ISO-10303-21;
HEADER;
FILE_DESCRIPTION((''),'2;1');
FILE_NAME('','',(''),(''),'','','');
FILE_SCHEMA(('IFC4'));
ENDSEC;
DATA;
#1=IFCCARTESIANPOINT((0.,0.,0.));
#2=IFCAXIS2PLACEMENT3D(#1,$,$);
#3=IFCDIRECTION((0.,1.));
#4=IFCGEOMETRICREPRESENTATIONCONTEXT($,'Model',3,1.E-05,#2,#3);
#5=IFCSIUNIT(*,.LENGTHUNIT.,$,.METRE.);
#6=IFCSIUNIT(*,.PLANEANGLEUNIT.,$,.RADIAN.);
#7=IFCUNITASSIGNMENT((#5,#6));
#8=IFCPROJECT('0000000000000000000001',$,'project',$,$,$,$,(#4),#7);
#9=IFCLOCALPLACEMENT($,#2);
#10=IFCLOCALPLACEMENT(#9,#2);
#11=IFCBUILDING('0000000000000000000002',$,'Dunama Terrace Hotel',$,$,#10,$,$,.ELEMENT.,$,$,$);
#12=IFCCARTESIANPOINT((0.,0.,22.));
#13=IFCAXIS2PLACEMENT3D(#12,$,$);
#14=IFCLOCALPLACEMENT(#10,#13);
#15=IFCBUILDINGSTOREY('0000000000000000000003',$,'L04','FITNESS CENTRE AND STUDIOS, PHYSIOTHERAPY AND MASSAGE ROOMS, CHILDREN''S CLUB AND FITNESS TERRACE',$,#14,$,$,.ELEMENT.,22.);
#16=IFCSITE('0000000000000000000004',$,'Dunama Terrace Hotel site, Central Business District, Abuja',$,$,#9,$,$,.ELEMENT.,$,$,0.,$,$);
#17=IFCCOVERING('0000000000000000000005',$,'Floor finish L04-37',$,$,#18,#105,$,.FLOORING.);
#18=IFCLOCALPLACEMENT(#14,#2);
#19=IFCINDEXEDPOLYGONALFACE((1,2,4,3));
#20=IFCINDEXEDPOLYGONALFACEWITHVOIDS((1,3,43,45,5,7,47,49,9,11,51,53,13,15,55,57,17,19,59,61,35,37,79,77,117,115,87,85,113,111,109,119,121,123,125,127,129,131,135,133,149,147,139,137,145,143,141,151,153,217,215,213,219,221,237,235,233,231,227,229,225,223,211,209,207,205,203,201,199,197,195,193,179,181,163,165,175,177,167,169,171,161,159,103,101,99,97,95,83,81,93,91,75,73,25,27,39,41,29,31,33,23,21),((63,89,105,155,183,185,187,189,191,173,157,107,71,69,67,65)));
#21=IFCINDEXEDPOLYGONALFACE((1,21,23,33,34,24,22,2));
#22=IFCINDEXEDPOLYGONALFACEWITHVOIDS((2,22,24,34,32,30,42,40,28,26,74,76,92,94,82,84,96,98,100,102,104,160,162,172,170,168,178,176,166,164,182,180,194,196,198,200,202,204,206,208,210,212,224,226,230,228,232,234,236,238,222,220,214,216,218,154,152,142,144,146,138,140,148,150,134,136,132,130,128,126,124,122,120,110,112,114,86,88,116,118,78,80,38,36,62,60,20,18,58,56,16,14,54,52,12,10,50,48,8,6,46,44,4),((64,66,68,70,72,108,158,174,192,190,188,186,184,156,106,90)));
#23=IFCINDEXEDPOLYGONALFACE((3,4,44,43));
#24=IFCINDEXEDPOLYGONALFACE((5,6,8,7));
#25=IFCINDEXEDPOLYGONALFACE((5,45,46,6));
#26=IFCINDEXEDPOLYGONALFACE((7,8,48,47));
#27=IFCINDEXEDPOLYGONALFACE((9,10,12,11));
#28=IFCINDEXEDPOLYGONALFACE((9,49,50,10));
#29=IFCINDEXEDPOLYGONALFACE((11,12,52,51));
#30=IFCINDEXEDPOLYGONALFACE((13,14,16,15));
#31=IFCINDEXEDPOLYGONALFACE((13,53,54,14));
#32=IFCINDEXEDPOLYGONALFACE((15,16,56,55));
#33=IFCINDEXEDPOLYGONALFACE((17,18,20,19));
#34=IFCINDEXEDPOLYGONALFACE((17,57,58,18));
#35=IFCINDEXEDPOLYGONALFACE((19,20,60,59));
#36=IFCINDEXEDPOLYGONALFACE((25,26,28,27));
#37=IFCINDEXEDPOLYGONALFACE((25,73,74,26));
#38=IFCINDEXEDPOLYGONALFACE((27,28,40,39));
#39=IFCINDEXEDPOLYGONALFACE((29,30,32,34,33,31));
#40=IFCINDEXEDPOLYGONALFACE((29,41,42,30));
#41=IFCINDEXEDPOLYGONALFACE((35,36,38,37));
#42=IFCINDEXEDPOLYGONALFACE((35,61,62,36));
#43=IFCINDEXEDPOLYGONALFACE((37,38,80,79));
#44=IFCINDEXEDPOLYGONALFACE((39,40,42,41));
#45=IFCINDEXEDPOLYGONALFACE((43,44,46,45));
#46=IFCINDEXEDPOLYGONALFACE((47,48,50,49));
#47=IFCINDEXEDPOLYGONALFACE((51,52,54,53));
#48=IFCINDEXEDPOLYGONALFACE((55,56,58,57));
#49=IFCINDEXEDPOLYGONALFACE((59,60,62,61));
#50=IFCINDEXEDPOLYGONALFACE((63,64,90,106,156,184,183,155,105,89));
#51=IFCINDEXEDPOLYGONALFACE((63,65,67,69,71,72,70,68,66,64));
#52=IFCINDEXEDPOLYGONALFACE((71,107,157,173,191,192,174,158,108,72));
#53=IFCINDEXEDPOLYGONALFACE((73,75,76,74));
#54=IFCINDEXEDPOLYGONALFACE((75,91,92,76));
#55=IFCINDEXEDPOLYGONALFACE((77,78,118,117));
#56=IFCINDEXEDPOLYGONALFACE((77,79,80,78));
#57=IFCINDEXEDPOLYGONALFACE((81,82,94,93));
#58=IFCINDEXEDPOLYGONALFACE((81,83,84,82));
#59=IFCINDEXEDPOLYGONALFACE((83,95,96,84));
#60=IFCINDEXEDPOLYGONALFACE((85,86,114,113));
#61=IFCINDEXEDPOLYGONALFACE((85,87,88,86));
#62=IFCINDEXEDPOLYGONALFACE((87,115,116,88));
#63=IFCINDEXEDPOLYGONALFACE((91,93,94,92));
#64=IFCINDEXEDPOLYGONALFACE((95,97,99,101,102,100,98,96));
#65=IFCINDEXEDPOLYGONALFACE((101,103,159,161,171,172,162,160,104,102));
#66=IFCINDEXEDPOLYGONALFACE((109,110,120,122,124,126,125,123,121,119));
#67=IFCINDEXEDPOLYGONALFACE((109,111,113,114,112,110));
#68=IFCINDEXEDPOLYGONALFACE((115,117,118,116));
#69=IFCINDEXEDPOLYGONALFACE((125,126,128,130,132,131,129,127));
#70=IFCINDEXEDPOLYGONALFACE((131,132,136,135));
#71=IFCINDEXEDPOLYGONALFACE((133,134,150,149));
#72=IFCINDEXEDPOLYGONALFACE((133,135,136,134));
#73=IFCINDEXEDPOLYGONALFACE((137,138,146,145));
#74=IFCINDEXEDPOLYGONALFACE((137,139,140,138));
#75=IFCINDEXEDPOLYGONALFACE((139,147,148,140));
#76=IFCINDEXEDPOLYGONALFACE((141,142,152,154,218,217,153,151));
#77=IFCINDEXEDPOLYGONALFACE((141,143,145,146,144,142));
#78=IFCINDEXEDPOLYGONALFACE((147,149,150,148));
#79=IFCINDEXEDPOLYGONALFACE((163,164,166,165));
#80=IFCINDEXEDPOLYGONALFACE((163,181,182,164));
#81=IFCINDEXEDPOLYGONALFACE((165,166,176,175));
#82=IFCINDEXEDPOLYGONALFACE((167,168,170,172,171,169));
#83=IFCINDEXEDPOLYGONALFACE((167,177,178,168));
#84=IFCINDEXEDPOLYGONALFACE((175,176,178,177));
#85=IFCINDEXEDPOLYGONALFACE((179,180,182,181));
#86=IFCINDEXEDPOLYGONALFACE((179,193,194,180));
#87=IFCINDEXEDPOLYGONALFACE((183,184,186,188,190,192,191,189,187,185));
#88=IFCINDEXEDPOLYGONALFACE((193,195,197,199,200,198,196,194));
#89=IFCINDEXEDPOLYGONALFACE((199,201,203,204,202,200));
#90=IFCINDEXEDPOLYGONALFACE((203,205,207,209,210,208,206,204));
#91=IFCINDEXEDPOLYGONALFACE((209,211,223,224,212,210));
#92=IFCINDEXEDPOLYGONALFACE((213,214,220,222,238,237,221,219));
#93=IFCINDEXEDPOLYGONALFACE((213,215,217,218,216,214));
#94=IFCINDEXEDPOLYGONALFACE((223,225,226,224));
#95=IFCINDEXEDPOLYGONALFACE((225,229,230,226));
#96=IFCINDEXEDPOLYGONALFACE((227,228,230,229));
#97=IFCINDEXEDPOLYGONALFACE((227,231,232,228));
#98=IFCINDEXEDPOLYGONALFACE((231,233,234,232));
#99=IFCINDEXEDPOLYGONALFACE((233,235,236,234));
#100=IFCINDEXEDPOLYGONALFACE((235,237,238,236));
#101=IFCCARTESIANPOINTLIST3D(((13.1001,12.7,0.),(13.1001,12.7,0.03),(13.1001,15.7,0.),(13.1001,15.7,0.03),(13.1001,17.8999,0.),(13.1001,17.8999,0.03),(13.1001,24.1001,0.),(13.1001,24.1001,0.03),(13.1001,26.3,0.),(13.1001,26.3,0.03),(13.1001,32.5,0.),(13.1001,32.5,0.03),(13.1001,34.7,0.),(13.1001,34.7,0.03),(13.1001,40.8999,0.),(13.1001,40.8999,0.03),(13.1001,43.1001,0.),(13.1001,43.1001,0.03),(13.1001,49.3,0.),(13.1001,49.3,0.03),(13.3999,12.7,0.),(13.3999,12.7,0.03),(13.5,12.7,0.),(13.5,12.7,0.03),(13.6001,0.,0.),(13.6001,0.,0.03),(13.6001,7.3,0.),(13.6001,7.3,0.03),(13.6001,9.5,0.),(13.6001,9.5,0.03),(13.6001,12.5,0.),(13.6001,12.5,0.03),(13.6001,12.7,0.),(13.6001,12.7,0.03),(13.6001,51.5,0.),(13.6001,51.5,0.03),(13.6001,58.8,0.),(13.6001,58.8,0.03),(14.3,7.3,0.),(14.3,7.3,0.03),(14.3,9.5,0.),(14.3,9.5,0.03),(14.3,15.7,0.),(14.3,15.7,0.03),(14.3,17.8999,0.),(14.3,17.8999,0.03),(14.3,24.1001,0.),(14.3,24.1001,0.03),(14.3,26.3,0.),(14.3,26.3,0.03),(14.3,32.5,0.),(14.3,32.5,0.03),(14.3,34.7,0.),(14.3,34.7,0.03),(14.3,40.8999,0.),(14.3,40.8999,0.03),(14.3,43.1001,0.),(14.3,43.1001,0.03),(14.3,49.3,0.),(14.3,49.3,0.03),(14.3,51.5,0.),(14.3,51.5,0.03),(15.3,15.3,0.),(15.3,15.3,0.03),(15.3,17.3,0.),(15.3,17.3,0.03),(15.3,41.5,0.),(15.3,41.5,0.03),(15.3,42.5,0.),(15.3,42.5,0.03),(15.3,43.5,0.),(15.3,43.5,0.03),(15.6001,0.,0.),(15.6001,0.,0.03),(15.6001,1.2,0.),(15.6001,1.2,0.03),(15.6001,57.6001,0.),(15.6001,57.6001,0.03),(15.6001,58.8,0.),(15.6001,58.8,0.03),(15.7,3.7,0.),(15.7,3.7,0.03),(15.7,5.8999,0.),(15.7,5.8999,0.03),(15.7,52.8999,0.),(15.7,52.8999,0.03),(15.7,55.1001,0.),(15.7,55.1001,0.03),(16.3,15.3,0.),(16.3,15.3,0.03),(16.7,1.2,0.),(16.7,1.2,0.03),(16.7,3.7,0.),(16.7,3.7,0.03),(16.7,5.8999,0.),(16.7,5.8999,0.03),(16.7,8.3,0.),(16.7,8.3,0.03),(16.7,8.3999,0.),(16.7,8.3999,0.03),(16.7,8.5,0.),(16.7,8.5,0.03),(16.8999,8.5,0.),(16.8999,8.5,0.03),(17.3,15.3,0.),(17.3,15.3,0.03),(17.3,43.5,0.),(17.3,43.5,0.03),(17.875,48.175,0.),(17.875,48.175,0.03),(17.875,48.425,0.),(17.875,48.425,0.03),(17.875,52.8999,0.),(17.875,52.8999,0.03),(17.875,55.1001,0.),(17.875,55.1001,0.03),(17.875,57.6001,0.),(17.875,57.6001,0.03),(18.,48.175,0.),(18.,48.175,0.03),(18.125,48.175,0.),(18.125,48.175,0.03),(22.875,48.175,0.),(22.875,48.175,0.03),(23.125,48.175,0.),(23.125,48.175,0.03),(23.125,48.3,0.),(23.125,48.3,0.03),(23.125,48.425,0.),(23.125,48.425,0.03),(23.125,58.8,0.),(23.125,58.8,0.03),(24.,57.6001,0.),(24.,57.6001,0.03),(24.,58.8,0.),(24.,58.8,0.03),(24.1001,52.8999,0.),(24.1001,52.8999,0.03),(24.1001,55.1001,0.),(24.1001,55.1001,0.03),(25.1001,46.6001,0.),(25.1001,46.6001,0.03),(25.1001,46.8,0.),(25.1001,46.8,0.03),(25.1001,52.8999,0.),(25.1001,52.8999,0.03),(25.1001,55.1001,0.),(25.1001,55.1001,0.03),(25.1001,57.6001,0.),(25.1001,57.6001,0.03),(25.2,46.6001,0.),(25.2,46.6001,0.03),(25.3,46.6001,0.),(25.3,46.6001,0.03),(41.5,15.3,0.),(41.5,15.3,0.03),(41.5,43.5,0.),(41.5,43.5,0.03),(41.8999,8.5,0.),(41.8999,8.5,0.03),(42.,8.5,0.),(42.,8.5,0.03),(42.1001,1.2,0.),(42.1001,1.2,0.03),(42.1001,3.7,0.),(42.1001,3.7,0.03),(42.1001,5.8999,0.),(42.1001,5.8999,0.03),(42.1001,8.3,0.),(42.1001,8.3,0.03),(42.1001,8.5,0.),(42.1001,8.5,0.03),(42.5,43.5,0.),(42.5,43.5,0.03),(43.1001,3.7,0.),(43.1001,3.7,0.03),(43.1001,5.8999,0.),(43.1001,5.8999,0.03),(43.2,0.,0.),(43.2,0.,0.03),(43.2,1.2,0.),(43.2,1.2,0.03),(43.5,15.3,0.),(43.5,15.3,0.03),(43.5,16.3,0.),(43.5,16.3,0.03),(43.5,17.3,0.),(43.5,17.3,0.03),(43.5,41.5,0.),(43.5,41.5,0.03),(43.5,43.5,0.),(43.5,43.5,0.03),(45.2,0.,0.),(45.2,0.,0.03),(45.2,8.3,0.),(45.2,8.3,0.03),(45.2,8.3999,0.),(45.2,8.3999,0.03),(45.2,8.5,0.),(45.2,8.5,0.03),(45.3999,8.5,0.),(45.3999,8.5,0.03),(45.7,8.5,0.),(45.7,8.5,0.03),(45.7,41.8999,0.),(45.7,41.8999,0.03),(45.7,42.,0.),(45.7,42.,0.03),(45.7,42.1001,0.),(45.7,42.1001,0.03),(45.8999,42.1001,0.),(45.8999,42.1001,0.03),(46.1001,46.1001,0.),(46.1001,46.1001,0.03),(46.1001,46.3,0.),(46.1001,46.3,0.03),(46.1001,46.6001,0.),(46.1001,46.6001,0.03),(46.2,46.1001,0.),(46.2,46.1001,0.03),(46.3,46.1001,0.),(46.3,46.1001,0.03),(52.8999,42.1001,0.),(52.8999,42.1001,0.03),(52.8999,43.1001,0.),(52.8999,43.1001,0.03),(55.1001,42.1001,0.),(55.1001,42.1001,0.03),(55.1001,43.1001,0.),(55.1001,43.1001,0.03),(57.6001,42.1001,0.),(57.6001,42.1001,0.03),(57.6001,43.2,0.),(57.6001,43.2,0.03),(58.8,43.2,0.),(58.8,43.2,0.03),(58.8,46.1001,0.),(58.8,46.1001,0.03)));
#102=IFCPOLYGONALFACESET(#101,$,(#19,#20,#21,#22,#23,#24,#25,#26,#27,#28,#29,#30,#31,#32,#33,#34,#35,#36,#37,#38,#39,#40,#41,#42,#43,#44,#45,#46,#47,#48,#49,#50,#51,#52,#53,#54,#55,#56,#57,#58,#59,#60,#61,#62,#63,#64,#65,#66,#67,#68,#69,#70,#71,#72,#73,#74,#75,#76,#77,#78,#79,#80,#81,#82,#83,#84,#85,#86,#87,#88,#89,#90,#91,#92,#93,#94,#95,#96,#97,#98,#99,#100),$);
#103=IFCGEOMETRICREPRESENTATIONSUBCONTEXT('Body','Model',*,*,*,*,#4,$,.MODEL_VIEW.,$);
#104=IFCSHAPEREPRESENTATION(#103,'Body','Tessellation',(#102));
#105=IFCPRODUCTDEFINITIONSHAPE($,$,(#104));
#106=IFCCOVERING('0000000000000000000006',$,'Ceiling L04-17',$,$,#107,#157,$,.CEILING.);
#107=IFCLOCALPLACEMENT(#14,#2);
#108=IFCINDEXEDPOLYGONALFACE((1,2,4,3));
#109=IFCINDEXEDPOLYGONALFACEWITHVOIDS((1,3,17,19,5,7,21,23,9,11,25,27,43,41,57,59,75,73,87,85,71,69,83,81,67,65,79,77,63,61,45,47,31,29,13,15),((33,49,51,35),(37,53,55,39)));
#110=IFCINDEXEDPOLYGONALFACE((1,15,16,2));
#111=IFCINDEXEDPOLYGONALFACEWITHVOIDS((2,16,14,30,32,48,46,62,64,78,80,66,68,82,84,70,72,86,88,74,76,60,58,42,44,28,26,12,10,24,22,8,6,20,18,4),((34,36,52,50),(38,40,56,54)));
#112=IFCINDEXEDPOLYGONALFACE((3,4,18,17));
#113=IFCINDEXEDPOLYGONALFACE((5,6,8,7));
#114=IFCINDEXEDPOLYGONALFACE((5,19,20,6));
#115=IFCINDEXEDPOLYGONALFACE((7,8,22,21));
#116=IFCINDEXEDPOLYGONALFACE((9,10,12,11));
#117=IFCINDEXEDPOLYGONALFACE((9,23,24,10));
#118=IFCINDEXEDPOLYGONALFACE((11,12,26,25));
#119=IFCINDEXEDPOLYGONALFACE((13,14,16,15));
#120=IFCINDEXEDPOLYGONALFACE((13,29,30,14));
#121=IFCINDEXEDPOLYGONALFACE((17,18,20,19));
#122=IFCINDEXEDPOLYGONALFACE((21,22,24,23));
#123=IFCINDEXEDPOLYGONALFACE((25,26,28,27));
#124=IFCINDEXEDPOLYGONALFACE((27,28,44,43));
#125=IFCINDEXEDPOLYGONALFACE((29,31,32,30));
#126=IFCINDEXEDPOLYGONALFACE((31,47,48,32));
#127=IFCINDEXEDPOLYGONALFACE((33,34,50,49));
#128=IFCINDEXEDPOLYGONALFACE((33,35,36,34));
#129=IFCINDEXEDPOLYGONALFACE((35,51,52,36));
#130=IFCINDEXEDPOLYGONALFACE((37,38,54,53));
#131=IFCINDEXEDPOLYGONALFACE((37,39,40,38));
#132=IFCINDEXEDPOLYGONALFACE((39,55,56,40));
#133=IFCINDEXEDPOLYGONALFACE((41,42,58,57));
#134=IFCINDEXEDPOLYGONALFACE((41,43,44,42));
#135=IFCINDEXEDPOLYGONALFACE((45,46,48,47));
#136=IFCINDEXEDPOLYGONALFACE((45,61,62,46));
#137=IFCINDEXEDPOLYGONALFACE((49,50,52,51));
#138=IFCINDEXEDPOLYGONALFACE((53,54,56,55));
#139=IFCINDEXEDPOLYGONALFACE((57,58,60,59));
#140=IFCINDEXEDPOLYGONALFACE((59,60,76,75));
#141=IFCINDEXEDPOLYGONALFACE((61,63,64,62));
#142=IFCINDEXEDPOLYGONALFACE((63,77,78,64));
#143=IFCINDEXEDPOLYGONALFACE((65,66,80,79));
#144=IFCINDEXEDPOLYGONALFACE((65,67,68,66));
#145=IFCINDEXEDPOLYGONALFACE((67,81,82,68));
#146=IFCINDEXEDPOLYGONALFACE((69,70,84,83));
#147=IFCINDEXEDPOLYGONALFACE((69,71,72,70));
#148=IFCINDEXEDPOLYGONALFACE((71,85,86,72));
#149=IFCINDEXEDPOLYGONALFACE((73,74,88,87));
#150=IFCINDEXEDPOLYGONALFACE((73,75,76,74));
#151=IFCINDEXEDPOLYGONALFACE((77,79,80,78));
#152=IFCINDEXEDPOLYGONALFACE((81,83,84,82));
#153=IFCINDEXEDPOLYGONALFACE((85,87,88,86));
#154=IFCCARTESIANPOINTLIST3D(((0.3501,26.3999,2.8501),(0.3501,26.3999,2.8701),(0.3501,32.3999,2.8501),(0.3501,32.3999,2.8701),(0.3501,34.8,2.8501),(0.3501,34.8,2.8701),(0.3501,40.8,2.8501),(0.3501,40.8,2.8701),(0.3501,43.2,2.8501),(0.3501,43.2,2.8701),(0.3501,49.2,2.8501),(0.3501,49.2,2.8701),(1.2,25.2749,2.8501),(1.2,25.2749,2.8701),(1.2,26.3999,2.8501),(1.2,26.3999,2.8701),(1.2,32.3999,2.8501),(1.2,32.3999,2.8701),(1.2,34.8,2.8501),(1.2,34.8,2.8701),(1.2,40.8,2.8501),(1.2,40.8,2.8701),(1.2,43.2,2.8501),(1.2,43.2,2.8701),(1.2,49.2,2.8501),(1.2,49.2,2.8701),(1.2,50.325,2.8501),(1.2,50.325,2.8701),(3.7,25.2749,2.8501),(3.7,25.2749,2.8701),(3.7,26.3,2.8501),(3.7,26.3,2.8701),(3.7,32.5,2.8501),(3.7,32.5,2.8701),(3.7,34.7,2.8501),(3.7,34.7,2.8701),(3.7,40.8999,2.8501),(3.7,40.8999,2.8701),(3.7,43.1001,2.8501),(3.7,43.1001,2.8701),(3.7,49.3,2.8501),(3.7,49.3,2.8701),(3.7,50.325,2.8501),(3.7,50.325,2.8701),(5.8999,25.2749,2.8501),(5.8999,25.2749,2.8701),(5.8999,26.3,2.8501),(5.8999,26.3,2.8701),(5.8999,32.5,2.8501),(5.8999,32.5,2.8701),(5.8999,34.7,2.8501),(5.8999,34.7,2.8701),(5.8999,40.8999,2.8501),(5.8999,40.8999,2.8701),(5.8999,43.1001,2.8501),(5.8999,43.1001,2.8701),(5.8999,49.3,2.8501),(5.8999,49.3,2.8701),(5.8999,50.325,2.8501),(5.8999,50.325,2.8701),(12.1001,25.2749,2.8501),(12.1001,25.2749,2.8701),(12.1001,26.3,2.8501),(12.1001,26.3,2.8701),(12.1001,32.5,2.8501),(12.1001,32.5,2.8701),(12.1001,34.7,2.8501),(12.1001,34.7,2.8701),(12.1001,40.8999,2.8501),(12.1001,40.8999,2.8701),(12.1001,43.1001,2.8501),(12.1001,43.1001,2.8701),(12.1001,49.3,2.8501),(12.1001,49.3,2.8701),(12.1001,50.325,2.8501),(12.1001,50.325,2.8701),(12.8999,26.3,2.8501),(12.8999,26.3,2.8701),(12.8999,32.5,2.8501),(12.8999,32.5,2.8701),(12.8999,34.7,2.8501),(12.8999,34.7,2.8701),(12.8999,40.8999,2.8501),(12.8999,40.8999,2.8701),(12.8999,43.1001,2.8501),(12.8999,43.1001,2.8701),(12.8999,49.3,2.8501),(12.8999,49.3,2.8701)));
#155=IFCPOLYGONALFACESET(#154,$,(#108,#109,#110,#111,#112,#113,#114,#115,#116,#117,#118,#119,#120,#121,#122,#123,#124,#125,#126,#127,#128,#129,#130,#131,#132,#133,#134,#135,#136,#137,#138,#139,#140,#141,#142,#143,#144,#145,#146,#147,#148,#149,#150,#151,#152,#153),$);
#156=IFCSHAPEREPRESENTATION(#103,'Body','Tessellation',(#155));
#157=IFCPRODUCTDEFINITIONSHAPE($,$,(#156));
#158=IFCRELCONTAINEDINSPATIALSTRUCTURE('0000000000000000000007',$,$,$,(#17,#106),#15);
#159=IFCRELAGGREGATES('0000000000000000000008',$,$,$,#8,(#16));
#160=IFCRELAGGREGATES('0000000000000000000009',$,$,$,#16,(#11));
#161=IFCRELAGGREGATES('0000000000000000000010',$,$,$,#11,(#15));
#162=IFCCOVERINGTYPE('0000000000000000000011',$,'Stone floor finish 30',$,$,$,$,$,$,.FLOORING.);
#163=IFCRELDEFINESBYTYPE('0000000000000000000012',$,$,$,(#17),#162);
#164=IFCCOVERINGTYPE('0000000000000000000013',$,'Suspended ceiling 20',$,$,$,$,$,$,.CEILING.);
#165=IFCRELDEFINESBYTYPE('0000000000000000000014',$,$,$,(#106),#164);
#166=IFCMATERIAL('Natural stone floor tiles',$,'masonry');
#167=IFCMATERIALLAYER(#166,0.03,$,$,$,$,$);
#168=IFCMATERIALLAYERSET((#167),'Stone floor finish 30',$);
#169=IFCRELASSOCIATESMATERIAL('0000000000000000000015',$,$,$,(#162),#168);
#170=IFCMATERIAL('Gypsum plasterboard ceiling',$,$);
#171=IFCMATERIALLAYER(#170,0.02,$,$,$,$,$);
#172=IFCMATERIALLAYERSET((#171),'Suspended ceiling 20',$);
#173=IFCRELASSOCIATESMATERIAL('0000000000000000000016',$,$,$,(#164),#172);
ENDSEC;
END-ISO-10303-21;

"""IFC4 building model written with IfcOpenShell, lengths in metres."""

from ifc_helpers import new_model, si_unit, direction, frame, origin, place, context, subcontext, project, spatial, polyline, outline, extrude, material, layer, layer_set, type_object, element, save


model = new_model("IFC4")

# Units and contexts
model_context = context("Model", 3, precision=1e-05, world=origin(), true_north=direction((0.0, 1.0)))
body_context = subcontext(model_context, "Body", "Model", "MODEL_VIEW")
ifc_project = project(units=[si_unit("LENGTHUNIT", "METRE"), si_unit("PLANEANGLEUNIT", "RADIAN")], contexts=[model_context])

# Site, building, storey
site_placement = place(None, origin())
site = spatial("IfcSite", under=ifc_project, at=site_placement, Name="Dunama Terrace Hotel site, Central Business District, Abuja", CompositionType="ELEMENT", RefElevation=0.0)
building_placement = place(site_placement, origin())
building = spatial("IfcBuilding", under=site, at=building_placement, Name="Dunama Terrace Hotel", CompositionType="ELEMENT")
storey_placement = place(building_placement, frame((0.0, 0.0, 22.0)))
storey = spatial("IfcBuildingStorey", under=building, at=storey_placement, Name="L04", Description="FITNESS CENTRE AND STUDIOS, PHYSIOTHERAPY AND MASSAGE ROOMS, CHILDREN'S CLUB AND FITNESS TERRACE", CompositionType="ELEMENT", Elevation=22.0)

# Coverings
ifc_material_1 = material(Name="Natural stone floor tiles", Category="masonry")
ifc_layer_1 = layer(ifc_material_1, 0.03)
ifc_layer_set_1 = layer_set([ifc_layer_1], Name="Stone floor finish 30")
covering_type_1 = type_object("IfcCoveringType", Name="Stone floor finish 30", PredefinedType="FLOORING", material=ifc_layer_set_1)
covering_1_placement = place(storey_placement, origin())
element("IfcCovering", 1, at=covering_1_placement, inside=storey, type_object=covering_type_1, Name="Floor finish L04-37", PredefinedType="FLOORING", context=body_context, shape_type="SweptSolid", body=[
    extrude(outline(polyline([(15.6001, 58.8), (13.6001, 58.8), (13.6001, 51.5), (14.3, 51.5), (14.3, 49.3), (13.1001, 49.3), (13.1001, 43.1001), (14.3, 43.1001), (14.3, 40.8999), (13.1001, 40.8999), (13.1001, 34.7), (14.3, 34.7), (14.3, 32.5), (13.1001, 32.5), (13.1001, 26.3), (14.3, 26.3), (14.3, 24.1001), (13.1001, 24.1001), (13.1001, 17.8999), (14.3, 17.8999), (14.3, 15.7), (13.1001, 15.7), (13.1001, 12.7), (13.3999, 12.7), (13.5, 12.7), (13.6001, 12.7), (13.6001, 12.5), (13.6001, 9.5), (14.3, 9.5), (14.3, 7.3), (13.6001, 7.3), (13.6001, 0.0), (15.6001, 0.0), (15.6001, 1.2), (16.7, 1.2), (16.7, 3.7), (15.7, 3.7), (15.7, 5.8999), (16.7, 5.8999), (16.7, 8.3), (16.7, 8.3999), (16.7, 8.5), (16.8999, 8.5), (41.8999, 8.5), (42.0, 8.5), (42.1001, 8.5), (42.1001, 8.3), (42.1001, 5.8999), (43.1001, 5.8999), (43.1001, 3.7), (42.1001, 3.7), (42.1001, 1.2), (43.2, 1.2), (43.2, 0.0), (45.2, 0.0), (45.2, 8.3), (45.2, 8.3999), (45.2, 8.5), (45.3999, 8.5), (45.7, 8.5), (45.7, 41.8999), (45.7, 42.0), (45.7, 42.1001), (45.8999, 42.1001), (52.8999, 42.1001), (52.8999, 43.1001), (55.1001, 43.1001), (55.1001, 42.1001), (57.6001, 42.1001), (57.6001, 43.2), (58.8, 43.2), (58.8, 46.1001), (46.3, 46.1001), (46.2, 46.1001), (46.1001, 46.1001), (46.1001, 46.3), (46.1001, 46.6001), (25.3, 46.6001), (25.2, 46.6001), (25.1001, 46.6001), (25.1001, 46.8), (25.1001, 52.8999), (24.1001, 52.8999), (24.1001, 55.1001), (25.1001, 55.1001), (25.1001, 57.6001), (24.0, 57.6001), (24.0, 58.8), (23.125, 58.8), (23.125, 48.425), (23.125, 48.3), (23.125, 48.175), (22.875, 48.175), (18.125, 48.175), (18.0, 48.175), (17.875, 48.175), (17.875, 48.425), (17.875, 52.8999), (15.7, 52.8999), (15.7, 55.1001), (17.875, 55.1001), (17.875, 57.6001), (15.6001, 57.6001), (15.6001, 58.8)]), holes=[polyline([(17.3, 15.3), (16.3, 15.3), (15.3, 15.3), (15.3, 17.3), (15.3, 41.5), (15.3, 42.5), (15.3, 43.5), (17.3, 43.5), (41.5, 43.5), (42.5, 43.5), (43.5, 43.5), (43.5, 41.5), (43.5, 17.3), (43.5, 16.3), (43.5, 15.3), (41.5, 15.3), (17.3, 15.3)])]), origin(), (0.0, 0.0, 1.0), 0.03),
])
ifc_material_2 = material(Name="Gypsum plasterboard ceiling")
ifc_layer_2 = layer(ifc_material_2, 0.02)
ifc_layer_set_2 = layer_set([ifc_layer_2], Name="Suspended ceiling 20")
covering_type_2 = type_object("IfcCoveringType", Name="Suspended ceiling 20", PredefinedType="CEILING", material=ifc_layer_set_2)
covering_2_placement = place(storey_placement, frame((0.0, 0.0, 2.8501)))
element("IfcCovering", 2, at=covering_2_placement, inside=storey, type_object=covering_type_2, Name="Ceiling L04-17", PredefinedType="CEILING", context=body_context, shape_type="SweptSolid", body=[
    extrude(outline(polyline([(1.2, 26.3999), (1.2, 25.2749), (3.7, 25.2749), (3.7, 26.3), (5.8999, 26.3), (5.8999, 25.2749), (12.1001, 25.2749), (12.1001, 26.3), (12.8999, 26.3), (12.8999, 32.5), (12.1001, 32.5), (12.1001, 34.7), (12.8999, 34.7), (12.8999, 40.8999), (12.1001, 40.8999), (12.1001, 43.1001), (12.8999, 43.1001), (12.8999, 49.3), (12.1001, 49.3), (12.1001, 50.325), (5.8999, 50.325), (5.8999, 49.3), (3.7, 49.3), (3.7, 50.325), (1.2, 50.325), (1.2, 49.2), (0.3501, 49.2), (0.3501, 43.2), (1.2, 43.2), (1.2, 40.8), (0.3501, 40.8), (0.3501, 34.8), (1.2, 34.8), (1.2, 32.3999), (0.3501, 32.3999), (0.3501, 26.3999), (1.2, 26.3999)]), holes=[polyline([(3.7, 32.5), (3.7, 34.7), (5.8999, 34.7), (5.8999, 32.5), (3.7, 32.5)]), polyline([(3.7, 40.8999), (3.7, 43.1001), (5.8999, 43.1001), (5.8999, 40.8999), (3.7, 40.8999)])]), origin(), (0.0, 0.0, 1.0), 0.02),
])

save(model, "model.ifc")
